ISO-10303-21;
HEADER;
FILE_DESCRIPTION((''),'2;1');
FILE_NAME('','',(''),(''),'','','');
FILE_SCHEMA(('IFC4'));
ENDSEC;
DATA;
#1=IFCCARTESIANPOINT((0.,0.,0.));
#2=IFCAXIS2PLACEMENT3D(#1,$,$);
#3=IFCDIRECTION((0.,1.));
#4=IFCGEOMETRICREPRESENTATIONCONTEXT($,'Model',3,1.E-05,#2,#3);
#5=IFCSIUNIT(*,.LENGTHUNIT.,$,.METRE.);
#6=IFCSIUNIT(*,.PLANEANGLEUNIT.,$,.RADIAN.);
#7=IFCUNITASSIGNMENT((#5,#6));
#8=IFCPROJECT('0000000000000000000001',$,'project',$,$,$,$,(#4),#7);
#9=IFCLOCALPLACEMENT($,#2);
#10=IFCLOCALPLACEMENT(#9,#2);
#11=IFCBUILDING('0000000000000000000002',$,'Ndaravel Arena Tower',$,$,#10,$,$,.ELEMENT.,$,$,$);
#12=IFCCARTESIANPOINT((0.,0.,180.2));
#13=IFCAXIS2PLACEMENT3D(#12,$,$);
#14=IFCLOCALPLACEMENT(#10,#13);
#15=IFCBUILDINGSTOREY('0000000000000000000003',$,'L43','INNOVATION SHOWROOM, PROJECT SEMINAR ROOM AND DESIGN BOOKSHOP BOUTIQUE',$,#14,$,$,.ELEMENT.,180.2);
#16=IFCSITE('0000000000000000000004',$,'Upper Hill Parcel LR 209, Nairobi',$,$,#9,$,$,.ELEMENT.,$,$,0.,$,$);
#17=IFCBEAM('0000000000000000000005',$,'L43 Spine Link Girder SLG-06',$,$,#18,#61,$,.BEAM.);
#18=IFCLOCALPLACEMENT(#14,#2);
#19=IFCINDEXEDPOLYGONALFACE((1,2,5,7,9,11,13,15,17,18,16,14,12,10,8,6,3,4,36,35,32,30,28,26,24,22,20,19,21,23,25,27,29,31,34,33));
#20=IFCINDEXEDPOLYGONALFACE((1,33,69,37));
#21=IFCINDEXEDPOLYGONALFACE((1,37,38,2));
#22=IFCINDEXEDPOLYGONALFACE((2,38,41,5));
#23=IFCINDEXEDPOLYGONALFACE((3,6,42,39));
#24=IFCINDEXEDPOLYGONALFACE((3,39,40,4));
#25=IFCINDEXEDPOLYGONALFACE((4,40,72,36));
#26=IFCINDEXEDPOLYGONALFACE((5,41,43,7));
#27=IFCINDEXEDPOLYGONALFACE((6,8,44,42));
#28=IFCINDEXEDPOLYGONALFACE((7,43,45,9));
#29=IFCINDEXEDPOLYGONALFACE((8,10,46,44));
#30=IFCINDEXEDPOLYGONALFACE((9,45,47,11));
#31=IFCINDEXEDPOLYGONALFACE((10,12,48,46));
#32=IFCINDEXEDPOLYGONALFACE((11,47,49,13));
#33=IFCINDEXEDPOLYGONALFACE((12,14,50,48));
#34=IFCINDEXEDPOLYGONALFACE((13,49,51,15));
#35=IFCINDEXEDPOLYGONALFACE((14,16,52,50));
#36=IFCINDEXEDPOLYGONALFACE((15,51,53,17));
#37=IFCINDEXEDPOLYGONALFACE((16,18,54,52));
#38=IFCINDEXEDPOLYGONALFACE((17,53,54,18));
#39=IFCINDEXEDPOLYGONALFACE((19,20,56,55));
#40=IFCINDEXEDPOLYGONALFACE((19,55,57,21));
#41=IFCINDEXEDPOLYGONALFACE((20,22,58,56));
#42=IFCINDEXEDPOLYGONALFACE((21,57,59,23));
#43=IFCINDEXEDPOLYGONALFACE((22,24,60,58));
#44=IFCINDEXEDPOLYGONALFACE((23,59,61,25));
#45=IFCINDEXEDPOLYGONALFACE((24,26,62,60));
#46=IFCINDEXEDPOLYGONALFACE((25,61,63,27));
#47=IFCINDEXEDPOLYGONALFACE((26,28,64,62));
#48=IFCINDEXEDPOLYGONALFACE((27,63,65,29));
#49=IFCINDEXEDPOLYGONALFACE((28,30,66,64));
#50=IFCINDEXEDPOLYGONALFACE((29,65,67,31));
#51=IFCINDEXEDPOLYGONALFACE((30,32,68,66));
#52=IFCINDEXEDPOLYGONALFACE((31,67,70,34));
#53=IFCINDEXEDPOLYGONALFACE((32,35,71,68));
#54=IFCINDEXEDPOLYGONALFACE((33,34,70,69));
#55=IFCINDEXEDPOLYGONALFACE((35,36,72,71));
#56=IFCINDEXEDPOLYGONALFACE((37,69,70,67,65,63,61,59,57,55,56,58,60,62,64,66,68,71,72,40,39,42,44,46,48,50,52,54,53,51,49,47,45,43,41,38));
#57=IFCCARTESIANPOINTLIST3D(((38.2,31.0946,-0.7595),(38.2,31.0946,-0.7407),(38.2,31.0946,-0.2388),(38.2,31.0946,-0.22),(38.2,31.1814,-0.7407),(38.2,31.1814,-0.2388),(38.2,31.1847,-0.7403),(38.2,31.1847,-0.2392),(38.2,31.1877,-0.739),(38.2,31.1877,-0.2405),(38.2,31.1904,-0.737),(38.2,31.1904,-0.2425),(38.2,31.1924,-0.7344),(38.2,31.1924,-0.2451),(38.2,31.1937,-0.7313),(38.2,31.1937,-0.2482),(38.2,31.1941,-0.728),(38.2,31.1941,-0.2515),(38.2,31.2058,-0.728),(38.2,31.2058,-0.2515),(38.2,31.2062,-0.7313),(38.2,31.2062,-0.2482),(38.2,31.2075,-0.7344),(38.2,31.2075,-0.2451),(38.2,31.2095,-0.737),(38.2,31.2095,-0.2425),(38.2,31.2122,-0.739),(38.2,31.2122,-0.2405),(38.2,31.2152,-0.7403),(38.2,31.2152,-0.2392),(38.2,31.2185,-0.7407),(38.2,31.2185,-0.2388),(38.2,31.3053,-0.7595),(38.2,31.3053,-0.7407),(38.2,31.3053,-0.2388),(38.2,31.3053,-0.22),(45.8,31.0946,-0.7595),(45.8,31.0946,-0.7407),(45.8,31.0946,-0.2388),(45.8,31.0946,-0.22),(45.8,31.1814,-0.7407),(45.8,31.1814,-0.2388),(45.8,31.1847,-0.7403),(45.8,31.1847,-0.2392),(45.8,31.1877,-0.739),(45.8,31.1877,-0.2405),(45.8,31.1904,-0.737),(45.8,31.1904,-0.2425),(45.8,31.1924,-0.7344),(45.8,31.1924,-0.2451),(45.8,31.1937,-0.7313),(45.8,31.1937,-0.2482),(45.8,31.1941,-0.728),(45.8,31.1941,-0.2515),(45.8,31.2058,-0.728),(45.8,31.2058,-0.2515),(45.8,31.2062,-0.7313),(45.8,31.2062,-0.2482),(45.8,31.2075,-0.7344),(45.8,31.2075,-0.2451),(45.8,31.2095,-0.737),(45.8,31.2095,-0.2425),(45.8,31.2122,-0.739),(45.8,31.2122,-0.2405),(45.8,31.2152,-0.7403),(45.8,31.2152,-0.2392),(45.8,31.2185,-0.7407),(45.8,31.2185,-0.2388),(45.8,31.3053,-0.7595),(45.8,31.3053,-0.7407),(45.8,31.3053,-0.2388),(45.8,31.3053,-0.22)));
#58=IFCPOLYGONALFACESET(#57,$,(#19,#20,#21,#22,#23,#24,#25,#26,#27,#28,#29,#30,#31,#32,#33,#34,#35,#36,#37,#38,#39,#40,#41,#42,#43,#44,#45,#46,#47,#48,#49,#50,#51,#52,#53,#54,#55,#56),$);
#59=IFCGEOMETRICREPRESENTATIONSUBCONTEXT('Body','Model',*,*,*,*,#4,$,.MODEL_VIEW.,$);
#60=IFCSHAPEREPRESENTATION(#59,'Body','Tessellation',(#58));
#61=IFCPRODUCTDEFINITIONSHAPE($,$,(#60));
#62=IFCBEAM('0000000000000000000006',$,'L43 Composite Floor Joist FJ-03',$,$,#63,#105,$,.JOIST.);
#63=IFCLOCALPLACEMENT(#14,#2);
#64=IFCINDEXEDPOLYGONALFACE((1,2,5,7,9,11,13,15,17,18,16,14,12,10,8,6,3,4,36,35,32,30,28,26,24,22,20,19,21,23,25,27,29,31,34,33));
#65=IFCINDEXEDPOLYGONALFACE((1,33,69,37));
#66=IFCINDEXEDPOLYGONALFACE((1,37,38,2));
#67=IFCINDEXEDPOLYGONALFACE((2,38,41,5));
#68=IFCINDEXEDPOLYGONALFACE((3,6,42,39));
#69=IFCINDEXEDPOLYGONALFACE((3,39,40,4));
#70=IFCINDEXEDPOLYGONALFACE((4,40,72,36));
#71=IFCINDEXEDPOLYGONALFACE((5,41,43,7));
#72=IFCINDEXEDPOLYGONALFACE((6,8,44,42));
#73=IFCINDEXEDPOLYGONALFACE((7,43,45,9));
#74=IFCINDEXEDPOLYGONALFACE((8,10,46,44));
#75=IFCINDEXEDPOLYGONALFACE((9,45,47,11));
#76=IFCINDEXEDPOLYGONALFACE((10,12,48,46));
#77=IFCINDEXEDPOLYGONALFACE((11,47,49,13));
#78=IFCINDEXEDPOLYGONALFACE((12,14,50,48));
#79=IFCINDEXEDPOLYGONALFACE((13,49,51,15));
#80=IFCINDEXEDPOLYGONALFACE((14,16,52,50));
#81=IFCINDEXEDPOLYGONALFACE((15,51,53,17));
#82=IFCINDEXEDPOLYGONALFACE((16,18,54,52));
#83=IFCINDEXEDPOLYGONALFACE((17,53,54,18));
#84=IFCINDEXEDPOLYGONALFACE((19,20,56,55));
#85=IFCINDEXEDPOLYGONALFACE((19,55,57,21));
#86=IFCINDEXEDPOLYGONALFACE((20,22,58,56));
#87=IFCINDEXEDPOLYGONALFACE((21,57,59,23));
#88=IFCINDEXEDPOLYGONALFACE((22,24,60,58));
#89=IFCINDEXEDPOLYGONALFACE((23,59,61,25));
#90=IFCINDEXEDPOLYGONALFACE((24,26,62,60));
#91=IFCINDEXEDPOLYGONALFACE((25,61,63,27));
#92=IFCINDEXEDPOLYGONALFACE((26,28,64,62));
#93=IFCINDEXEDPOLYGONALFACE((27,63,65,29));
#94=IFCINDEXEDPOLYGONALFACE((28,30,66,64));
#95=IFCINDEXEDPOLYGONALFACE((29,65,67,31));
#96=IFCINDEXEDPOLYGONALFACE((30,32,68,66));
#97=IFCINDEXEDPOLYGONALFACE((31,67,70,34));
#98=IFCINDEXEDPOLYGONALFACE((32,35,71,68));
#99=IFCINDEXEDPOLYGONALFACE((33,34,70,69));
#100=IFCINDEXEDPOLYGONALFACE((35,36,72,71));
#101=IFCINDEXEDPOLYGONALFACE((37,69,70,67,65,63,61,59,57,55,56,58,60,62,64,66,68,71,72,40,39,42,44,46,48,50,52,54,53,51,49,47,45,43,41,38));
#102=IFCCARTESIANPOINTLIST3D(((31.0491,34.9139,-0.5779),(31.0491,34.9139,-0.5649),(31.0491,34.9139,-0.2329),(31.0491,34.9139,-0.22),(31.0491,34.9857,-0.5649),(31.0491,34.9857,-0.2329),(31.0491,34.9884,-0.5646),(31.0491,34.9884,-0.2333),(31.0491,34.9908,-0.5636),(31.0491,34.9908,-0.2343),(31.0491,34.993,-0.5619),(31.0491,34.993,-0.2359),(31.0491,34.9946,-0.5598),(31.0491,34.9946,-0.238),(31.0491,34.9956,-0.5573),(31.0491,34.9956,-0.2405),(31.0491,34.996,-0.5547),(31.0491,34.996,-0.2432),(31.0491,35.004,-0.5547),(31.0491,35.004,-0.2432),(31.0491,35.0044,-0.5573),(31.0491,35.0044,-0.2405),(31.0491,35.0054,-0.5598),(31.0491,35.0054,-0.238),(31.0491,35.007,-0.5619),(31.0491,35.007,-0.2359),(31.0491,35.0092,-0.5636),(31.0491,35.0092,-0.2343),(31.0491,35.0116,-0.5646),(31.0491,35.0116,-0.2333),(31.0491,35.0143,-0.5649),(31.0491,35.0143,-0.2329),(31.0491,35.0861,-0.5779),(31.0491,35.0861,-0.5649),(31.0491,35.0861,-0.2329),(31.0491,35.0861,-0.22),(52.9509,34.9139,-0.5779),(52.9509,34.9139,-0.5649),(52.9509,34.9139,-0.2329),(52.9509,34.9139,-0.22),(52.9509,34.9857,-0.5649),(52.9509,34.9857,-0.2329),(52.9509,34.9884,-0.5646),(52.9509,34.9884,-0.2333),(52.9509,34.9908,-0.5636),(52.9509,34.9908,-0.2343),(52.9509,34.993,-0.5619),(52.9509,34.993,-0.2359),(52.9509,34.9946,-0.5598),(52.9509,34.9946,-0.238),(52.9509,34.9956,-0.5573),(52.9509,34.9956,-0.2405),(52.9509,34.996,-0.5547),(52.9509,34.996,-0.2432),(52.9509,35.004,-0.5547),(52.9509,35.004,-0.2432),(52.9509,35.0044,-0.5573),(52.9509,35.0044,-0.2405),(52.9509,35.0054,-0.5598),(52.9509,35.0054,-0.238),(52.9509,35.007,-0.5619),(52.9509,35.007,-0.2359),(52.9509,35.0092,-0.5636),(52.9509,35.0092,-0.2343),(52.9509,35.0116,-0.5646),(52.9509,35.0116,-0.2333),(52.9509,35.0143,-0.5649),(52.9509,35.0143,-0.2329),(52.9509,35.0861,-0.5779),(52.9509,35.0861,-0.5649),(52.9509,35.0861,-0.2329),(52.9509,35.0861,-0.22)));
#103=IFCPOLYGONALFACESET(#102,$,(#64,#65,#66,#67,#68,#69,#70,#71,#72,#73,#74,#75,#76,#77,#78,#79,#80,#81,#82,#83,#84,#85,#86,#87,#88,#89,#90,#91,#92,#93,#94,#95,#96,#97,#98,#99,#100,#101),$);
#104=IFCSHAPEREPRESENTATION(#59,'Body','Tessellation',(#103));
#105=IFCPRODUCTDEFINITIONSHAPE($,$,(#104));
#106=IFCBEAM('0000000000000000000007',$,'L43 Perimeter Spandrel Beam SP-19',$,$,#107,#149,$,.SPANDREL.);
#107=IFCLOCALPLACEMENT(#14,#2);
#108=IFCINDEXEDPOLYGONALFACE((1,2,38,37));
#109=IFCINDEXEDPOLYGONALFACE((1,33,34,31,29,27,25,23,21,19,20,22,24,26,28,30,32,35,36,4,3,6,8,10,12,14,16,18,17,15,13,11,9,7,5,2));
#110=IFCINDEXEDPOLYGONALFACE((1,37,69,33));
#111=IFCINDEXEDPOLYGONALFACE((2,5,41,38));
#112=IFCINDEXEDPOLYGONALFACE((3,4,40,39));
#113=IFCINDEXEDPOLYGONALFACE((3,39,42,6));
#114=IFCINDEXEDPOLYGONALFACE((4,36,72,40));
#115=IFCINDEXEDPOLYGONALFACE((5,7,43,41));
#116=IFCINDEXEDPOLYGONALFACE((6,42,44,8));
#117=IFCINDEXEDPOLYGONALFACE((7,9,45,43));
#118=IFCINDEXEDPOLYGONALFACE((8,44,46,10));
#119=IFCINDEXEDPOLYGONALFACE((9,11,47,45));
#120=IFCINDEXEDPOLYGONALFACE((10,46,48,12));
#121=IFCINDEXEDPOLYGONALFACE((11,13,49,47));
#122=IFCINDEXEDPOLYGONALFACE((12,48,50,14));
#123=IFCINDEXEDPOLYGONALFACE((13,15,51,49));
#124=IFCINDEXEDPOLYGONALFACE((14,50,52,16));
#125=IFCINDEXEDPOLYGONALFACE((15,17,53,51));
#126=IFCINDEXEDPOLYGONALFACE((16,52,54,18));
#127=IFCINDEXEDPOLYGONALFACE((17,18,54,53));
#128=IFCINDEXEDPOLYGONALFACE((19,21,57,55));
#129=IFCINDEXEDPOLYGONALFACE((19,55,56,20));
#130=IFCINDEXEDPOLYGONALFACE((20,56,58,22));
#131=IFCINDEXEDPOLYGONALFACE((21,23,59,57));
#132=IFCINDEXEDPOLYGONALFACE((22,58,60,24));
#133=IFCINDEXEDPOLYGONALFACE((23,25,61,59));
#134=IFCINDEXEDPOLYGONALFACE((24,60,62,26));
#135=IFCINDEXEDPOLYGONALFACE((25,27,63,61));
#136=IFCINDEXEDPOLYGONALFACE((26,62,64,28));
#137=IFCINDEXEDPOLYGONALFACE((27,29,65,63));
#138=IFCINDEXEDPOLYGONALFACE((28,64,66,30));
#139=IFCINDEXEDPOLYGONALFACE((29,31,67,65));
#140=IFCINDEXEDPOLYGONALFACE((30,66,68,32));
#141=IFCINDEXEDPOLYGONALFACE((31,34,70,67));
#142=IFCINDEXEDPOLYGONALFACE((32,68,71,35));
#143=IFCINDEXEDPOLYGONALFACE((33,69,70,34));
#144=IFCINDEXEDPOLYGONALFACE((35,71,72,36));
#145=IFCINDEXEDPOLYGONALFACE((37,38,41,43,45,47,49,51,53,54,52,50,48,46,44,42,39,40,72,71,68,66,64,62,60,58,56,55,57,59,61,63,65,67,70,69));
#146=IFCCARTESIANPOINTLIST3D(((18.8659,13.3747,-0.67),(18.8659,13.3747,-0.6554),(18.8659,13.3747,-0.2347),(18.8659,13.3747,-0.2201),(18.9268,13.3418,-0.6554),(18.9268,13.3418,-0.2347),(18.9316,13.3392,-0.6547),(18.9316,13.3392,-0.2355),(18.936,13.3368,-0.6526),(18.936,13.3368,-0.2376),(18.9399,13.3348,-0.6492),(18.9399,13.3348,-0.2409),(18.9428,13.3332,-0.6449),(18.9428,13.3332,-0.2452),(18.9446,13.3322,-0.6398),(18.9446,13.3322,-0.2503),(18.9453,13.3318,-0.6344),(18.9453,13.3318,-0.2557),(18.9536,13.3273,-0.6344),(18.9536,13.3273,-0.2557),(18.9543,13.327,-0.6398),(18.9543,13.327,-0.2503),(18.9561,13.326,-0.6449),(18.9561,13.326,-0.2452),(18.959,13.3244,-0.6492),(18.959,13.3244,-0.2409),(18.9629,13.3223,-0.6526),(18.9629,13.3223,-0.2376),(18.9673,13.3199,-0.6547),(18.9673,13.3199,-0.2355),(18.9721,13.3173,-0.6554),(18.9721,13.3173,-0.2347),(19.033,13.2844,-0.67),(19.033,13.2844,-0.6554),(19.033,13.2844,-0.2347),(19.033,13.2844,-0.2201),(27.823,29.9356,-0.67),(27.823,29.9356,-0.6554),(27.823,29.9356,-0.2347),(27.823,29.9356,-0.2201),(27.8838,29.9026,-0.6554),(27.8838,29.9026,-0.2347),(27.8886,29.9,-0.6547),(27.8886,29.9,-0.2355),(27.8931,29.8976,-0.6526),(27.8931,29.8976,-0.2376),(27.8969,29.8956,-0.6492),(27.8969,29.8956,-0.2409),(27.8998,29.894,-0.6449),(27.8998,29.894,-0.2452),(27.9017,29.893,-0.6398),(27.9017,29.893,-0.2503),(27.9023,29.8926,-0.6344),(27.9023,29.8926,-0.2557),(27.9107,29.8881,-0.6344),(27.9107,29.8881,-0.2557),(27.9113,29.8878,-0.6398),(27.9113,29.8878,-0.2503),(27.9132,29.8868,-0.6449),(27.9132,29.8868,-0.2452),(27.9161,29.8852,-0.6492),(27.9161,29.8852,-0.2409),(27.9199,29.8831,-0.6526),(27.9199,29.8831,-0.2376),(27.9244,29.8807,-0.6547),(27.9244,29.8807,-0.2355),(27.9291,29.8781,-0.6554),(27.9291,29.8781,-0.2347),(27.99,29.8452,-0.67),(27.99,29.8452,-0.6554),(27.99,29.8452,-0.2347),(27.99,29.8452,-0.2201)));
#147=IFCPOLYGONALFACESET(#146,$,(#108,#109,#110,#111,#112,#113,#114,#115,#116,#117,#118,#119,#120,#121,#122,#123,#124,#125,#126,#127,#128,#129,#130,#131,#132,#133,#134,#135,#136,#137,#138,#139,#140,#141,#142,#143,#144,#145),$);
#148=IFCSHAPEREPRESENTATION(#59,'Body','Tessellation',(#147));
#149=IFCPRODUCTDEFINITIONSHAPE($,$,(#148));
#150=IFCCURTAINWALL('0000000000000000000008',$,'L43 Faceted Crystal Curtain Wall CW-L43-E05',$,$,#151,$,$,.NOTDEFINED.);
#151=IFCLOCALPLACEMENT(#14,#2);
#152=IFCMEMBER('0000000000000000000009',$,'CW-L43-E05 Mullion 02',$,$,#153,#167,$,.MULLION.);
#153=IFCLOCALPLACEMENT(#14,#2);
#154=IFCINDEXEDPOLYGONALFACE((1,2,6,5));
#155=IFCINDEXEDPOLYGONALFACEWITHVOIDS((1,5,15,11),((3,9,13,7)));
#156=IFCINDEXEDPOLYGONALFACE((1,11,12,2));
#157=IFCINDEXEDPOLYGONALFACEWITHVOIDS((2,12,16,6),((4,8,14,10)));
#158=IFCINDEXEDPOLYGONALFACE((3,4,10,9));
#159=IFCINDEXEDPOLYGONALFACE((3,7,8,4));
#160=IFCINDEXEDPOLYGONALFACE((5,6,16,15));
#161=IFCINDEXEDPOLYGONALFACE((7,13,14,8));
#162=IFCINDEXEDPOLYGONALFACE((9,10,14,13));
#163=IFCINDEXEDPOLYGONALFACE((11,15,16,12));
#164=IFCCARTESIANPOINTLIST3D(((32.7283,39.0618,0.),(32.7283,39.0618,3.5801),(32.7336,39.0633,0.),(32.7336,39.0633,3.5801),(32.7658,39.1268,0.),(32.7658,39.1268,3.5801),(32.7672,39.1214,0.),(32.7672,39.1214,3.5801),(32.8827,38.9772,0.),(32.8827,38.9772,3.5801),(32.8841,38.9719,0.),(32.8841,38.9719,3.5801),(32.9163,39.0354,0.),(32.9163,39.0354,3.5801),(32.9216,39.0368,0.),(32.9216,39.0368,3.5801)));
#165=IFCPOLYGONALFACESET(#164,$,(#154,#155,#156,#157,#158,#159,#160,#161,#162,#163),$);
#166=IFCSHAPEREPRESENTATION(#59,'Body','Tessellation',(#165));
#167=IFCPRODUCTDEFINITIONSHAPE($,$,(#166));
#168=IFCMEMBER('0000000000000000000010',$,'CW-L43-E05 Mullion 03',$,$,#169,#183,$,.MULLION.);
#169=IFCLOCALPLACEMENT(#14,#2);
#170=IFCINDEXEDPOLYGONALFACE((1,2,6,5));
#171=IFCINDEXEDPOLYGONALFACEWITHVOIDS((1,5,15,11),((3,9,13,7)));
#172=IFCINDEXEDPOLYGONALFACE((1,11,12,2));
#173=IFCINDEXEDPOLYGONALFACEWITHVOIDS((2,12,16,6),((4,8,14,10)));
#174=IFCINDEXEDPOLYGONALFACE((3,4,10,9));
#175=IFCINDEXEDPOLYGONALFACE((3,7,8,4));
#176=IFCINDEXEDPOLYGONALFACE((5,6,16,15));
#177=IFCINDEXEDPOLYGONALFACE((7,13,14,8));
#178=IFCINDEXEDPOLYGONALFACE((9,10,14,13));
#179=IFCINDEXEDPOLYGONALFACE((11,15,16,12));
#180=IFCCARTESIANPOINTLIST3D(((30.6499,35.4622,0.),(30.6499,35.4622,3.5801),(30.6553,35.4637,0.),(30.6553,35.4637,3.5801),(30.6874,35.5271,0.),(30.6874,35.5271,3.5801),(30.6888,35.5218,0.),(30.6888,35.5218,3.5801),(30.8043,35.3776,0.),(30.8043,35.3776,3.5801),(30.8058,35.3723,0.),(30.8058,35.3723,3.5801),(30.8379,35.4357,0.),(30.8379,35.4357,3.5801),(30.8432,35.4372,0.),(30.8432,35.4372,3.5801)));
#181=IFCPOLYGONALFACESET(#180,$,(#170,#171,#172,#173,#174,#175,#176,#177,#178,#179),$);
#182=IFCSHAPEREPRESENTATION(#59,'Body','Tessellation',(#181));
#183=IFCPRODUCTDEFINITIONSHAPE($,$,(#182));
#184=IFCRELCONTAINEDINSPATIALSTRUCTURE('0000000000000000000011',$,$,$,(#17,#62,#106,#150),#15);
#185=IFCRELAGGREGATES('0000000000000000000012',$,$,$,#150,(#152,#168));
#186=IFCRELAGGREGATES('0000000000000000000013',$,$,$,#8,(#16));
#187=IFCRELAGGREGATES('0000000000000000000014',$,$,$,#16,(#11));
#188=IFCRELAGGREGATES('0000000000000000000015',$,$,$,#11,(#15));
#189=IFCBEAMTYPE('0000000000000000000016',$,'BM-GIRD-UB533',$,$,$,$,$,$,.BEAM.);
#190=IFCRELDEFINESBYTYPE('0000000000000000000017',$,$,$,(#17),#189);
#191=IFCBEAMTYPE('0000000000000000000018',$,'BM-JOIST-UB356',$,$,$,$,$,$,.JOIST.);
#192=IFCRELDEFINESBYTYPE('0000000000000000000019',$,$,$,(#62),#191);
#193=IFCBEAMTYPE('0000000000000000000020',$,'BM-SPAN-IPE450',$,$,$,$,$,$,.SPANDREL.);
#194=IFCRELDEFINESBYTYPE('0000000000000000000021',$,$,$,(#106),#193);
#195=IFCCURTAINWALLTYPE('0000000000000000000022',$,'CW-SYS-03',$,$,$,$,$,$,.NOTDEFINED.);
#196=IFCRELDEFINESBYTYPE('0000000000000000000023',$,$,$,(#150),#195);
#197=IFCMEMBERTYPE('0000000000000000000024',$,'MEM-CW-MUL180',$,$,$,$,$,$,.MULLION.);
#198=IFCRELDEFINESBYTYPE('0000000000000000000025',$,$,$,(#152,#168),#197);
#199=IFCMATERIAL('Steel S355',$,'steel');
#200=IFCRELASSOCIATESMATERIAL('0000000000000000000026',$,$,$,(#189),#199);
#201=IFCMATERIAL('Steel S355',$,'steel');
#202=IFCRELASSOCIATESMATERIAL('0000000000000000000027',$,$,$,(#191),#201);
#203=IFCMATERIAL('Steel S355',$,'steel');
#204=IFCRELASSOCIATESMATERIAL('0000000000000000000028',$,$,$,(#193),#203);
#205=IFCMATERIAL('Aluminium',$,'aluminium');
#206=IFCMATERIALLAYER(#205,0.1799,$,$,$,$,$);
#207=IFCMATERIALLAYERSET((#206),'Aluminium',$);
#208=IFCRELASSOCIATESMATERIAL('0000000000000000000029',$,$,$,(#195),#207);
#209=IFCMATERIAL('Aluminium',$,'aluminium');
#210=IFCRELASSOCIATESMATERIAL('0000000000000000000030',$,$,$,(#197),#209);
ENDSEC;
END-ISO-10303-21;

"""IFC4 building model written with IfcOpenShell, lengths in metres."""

from ifc_helpers import new_model, si_unit, direction, frame, origin, origin_2d, place, context, subcontext, project, spatial, hollow_rectangle, i_section, extrude, material, layer, layer_set, material_profile, profile_set, type_object, element, aggregate, save


model = new_model("IFC4")

# Units and contexts
model_context = context("Model", 3, precision=1e-05, world=origin(), true_north=direction((0.0, 1.0)))
body_context = subcontext(model_context, "Body", "Model", "MODEL_VIEW")
ifc_project = project(units=[si_unit("LENGTHUNIT", "METRE"), si_unit("PLANEANGLEUNIT", "RADIAN")], contexts=[model_context])

# Site, building, storey
site_placement = place(None, origin())
site = spatial("IfcSite", under=ifc_project, at=site_placement, Name="Upper Hill Parcel LR 209, Nairobi", CompositionType="ELEMENT", RefElevation=0.0)
building_placement = place(site_placement, origin())
building = spatial("IfcBuilding", under=site, at=building_placement, Name="Ndaravel Arena Tower", CompositionType="ELEMENT")
storey_placement = place(building_placement, frame((0.0, 0.0, 180.2)))
storey = spatial("IfcBuildingStorey", under=building, at=storey_placement, Name="L43", Description="INNOVATION SHOWROOM, PROJECT SEMINAR ROOM AND DESIGN BOOKSHOP BOUTIQUE", CompositionType="ELEMENT", Elevation=180.2)

# Beams
ifc_material_1 = material(Name="Steel S355", Category="steel")
ifc_material_profile_1 = material_profile(ifc_material_1, i_section(OverallWidth=0.2107, OverallDepth=0.5396, WebThickness=0.0117, FlangeThickness=0.0188, FilletRadius=0.0127, at=origin_2d()), Name="UB 533x210x109")
ifc_profile_set_1 = profile_set([ifc_material_profile_1], Name="Steel S355")
beam_type_1 = type_object("IfcBeamType", Name="BM-GIRD-UB533", PredefinedType="BEAM", material=ifc_profile_set_1)
beam_1_placement = place(storey_placement, frame((38.2, 31.2, -0.4897), z_axis=(1.0, 0.0, 0.0), x_axis=(0.0, 1.0, 0.0)))
element("IfcBeam", 1, at=beam_1_placement, inside=storey, type_object=beam_type_1, Name="L43 Spine Link Girder SLG-06", PredefinedType="BEAM", context=body_context, shape_type="SweptSolid", body=[
    extrude(i_section(OverallWidth=0.2107, OverallDepth=0.5396, WebThickness=0.0117, FlangeThickness=0.0188, FilletRadius=0.0127, at=origin_2d()), origin(), (0.0, 0.0, 1.0), 7.6001),
])
ifc_material_2 = material(Name="Steel S355", Category="steel")
ifc_material_profile_2 = material_profile(ifc_material_2, i_section(OverallWidth=0.1721, OverallDepth=0.3579, WebThickness=0.0081, FlangeThickness=0.0129, FilletRadius=0.0103, at=origin_2d()), Name="UB 356x171x57")
ifc_profile_set_2 = profile_set([ifc_material_profile_2], Name="Steel S355")
beam_type_2 = type_object("IfcBeamType", Name="BM-JOIST-UB356", PredefinedType="JOIST", material=ifc_profile_set_2)
beam_2_placement = place(storey_placement, frame((31.0491, 35.0, -0.3989), z_axis=(1.0, 0.0, 0.0), x_axis=(0.0, 1.0, 0.0)))
element("IfcBeam", 2, at=beam_2_placement, inside=storey, type_object=beam_type_2, Name="L43 Composite Floor Joist FJ-03", PredefinedType="JOIST", context=body_context, shape_type="SweptSolid", body=[
    extrude(i_section(OverallWidth=0.1721, OverallDepth=0.3579, WebThickness=0.0081, FlangeThickness=0.0129, FilletRadius=0.0103, at=origin_2d()), origin(), (0.0, 0.0, 1.0), 21.9019),
])
ifc_material_3 = material(Name="Steel S355", Category="steel")
ifc_material_profile_3 = material_profile(ifc_material_3, i_section(OverallWidth=0.1899, OverallDepth=0.45, WebThickness=0.0095, FlangeThickness=0.0146, FilletRadius=0.021, at=origin_2d()), Name="IPE 450")
ifc_profile_set_3 = profile_set([ifc_material_profile_3], Name="Steel S355")
beam_type_3 = type_object("IfcBeamType", Name="BM-SPAN-IPE450", PredefinedType="SPANDREL", material=ifc_profile_set_3)
beam_3_placement = place(storey_placement, frame((27.9065, 29.8904, -0.4451), z_axis=(-0.475733, -0.87959, 0.0), x_axis=(0.87959, -0.475733, 0.0)))
element("IfcBeam", 3, at=beam_3_placement, inside=storey, type_object=beam_type_3, Name="L43 Perimeter Spandrel Beam SP-19", PredefinedType="SPANDREL", context=body_context, shape_type="SweptSolid", body=[
    extrude(i_section(OverallWidth=0.1899, OverallDepth=0.45, WebThickness=0.0095, FlangeThickness=0.0146, FilletRadius=0.021, at=origin_2d()), origin(), (0.0, 0.0, 1.0), 18.8279),
])

# Curtain wall, members
ifc_material_4 = material(Name="Aluminium", Category="aluminium")
ifc_layer_1 = layer(ifc_material_4, 0.1799)
ifc_layer_set_1 = layer_set([ifc_layer_1], Name="Aluminium")
curtain_wall_type = type_object("IfcCurtainWallType", Name="CW-SYS-03", PredefinedType="NOTDEFINED", material=ifc_layer_set_1)
curtain_wall_placement = place(storey_placement, origin())
curtain_wall = element("IfcCurtainWall", 4, at=curtain_wall_placement, inside=storey, type_object=curtain_wall_type, Name="L43 Faceted Crystal Curtain Wall CW-L43-E05", PredefinedType="NOTDEFINED")
ifc_material_5 = material(Name="Aluminium", Category="aluminium")
ifc_material_profile_4 = material_profile(ifc_material_5, hollow_rectangle(XDim=0.075, YDim=0.1799, WallThickness=0.0039, at=origin_2d()), Name="CW MULLION 75x180x4")
ifc_profile_set_4 = profile_set([ifc_material_profile_4], Name="Aluminium")
member_type = type_object("IfcMemberType", Name="MEM-CW-MUL180", PredefinedType="MULLION", material=ifc_profile_set_4)
member_1_placement = place(storey_placement, frame((32.825, 39.0493, 0.0), z_axis=(0.0, 0.0, 1.0), x_axis=(-0.5, -0.866025, 0.0)))
member_1 = element("IfcMember", 5, at=member_1_placement, type_object=member_type, Name="CW-L43-E05 Mullion 02", PredefinedType="MULLION", context=body_context, shape_type="SweptSolid", body=[
    extrude(hollow_rectangle(XDim=0.075, YDim=0.1799, WallThickness=0.0039, at=origin_2d()), origin(), (0.0, 0.0, 1.0), 3.5801),
])
member_2_placement = place(storey_placement, frame((30.7466, 35.4497, 0.0), z_axis=(0.0, 0.0, 1.0), x_axis=(-0.5, -0.866025, 0.0)))
member_2 = element("IfcMember", 6, at=member_2_placement, type_object=member_type, Name="CW-L43-E05 Mullion 03", PredefinedType="MULLION", context=body_context, shape_type="SweptSolid", body=[
    extrude(hollow_rectangle(XDim=0.075, YDim=0.1799, WallThickness=0.0039, at=origin_2d()), origin(), (0.0, 0.0, 1.0), 3.5801),
])
aggregate(curtain_wall, [member_1, member_2])

save(model, "model.ifc")
